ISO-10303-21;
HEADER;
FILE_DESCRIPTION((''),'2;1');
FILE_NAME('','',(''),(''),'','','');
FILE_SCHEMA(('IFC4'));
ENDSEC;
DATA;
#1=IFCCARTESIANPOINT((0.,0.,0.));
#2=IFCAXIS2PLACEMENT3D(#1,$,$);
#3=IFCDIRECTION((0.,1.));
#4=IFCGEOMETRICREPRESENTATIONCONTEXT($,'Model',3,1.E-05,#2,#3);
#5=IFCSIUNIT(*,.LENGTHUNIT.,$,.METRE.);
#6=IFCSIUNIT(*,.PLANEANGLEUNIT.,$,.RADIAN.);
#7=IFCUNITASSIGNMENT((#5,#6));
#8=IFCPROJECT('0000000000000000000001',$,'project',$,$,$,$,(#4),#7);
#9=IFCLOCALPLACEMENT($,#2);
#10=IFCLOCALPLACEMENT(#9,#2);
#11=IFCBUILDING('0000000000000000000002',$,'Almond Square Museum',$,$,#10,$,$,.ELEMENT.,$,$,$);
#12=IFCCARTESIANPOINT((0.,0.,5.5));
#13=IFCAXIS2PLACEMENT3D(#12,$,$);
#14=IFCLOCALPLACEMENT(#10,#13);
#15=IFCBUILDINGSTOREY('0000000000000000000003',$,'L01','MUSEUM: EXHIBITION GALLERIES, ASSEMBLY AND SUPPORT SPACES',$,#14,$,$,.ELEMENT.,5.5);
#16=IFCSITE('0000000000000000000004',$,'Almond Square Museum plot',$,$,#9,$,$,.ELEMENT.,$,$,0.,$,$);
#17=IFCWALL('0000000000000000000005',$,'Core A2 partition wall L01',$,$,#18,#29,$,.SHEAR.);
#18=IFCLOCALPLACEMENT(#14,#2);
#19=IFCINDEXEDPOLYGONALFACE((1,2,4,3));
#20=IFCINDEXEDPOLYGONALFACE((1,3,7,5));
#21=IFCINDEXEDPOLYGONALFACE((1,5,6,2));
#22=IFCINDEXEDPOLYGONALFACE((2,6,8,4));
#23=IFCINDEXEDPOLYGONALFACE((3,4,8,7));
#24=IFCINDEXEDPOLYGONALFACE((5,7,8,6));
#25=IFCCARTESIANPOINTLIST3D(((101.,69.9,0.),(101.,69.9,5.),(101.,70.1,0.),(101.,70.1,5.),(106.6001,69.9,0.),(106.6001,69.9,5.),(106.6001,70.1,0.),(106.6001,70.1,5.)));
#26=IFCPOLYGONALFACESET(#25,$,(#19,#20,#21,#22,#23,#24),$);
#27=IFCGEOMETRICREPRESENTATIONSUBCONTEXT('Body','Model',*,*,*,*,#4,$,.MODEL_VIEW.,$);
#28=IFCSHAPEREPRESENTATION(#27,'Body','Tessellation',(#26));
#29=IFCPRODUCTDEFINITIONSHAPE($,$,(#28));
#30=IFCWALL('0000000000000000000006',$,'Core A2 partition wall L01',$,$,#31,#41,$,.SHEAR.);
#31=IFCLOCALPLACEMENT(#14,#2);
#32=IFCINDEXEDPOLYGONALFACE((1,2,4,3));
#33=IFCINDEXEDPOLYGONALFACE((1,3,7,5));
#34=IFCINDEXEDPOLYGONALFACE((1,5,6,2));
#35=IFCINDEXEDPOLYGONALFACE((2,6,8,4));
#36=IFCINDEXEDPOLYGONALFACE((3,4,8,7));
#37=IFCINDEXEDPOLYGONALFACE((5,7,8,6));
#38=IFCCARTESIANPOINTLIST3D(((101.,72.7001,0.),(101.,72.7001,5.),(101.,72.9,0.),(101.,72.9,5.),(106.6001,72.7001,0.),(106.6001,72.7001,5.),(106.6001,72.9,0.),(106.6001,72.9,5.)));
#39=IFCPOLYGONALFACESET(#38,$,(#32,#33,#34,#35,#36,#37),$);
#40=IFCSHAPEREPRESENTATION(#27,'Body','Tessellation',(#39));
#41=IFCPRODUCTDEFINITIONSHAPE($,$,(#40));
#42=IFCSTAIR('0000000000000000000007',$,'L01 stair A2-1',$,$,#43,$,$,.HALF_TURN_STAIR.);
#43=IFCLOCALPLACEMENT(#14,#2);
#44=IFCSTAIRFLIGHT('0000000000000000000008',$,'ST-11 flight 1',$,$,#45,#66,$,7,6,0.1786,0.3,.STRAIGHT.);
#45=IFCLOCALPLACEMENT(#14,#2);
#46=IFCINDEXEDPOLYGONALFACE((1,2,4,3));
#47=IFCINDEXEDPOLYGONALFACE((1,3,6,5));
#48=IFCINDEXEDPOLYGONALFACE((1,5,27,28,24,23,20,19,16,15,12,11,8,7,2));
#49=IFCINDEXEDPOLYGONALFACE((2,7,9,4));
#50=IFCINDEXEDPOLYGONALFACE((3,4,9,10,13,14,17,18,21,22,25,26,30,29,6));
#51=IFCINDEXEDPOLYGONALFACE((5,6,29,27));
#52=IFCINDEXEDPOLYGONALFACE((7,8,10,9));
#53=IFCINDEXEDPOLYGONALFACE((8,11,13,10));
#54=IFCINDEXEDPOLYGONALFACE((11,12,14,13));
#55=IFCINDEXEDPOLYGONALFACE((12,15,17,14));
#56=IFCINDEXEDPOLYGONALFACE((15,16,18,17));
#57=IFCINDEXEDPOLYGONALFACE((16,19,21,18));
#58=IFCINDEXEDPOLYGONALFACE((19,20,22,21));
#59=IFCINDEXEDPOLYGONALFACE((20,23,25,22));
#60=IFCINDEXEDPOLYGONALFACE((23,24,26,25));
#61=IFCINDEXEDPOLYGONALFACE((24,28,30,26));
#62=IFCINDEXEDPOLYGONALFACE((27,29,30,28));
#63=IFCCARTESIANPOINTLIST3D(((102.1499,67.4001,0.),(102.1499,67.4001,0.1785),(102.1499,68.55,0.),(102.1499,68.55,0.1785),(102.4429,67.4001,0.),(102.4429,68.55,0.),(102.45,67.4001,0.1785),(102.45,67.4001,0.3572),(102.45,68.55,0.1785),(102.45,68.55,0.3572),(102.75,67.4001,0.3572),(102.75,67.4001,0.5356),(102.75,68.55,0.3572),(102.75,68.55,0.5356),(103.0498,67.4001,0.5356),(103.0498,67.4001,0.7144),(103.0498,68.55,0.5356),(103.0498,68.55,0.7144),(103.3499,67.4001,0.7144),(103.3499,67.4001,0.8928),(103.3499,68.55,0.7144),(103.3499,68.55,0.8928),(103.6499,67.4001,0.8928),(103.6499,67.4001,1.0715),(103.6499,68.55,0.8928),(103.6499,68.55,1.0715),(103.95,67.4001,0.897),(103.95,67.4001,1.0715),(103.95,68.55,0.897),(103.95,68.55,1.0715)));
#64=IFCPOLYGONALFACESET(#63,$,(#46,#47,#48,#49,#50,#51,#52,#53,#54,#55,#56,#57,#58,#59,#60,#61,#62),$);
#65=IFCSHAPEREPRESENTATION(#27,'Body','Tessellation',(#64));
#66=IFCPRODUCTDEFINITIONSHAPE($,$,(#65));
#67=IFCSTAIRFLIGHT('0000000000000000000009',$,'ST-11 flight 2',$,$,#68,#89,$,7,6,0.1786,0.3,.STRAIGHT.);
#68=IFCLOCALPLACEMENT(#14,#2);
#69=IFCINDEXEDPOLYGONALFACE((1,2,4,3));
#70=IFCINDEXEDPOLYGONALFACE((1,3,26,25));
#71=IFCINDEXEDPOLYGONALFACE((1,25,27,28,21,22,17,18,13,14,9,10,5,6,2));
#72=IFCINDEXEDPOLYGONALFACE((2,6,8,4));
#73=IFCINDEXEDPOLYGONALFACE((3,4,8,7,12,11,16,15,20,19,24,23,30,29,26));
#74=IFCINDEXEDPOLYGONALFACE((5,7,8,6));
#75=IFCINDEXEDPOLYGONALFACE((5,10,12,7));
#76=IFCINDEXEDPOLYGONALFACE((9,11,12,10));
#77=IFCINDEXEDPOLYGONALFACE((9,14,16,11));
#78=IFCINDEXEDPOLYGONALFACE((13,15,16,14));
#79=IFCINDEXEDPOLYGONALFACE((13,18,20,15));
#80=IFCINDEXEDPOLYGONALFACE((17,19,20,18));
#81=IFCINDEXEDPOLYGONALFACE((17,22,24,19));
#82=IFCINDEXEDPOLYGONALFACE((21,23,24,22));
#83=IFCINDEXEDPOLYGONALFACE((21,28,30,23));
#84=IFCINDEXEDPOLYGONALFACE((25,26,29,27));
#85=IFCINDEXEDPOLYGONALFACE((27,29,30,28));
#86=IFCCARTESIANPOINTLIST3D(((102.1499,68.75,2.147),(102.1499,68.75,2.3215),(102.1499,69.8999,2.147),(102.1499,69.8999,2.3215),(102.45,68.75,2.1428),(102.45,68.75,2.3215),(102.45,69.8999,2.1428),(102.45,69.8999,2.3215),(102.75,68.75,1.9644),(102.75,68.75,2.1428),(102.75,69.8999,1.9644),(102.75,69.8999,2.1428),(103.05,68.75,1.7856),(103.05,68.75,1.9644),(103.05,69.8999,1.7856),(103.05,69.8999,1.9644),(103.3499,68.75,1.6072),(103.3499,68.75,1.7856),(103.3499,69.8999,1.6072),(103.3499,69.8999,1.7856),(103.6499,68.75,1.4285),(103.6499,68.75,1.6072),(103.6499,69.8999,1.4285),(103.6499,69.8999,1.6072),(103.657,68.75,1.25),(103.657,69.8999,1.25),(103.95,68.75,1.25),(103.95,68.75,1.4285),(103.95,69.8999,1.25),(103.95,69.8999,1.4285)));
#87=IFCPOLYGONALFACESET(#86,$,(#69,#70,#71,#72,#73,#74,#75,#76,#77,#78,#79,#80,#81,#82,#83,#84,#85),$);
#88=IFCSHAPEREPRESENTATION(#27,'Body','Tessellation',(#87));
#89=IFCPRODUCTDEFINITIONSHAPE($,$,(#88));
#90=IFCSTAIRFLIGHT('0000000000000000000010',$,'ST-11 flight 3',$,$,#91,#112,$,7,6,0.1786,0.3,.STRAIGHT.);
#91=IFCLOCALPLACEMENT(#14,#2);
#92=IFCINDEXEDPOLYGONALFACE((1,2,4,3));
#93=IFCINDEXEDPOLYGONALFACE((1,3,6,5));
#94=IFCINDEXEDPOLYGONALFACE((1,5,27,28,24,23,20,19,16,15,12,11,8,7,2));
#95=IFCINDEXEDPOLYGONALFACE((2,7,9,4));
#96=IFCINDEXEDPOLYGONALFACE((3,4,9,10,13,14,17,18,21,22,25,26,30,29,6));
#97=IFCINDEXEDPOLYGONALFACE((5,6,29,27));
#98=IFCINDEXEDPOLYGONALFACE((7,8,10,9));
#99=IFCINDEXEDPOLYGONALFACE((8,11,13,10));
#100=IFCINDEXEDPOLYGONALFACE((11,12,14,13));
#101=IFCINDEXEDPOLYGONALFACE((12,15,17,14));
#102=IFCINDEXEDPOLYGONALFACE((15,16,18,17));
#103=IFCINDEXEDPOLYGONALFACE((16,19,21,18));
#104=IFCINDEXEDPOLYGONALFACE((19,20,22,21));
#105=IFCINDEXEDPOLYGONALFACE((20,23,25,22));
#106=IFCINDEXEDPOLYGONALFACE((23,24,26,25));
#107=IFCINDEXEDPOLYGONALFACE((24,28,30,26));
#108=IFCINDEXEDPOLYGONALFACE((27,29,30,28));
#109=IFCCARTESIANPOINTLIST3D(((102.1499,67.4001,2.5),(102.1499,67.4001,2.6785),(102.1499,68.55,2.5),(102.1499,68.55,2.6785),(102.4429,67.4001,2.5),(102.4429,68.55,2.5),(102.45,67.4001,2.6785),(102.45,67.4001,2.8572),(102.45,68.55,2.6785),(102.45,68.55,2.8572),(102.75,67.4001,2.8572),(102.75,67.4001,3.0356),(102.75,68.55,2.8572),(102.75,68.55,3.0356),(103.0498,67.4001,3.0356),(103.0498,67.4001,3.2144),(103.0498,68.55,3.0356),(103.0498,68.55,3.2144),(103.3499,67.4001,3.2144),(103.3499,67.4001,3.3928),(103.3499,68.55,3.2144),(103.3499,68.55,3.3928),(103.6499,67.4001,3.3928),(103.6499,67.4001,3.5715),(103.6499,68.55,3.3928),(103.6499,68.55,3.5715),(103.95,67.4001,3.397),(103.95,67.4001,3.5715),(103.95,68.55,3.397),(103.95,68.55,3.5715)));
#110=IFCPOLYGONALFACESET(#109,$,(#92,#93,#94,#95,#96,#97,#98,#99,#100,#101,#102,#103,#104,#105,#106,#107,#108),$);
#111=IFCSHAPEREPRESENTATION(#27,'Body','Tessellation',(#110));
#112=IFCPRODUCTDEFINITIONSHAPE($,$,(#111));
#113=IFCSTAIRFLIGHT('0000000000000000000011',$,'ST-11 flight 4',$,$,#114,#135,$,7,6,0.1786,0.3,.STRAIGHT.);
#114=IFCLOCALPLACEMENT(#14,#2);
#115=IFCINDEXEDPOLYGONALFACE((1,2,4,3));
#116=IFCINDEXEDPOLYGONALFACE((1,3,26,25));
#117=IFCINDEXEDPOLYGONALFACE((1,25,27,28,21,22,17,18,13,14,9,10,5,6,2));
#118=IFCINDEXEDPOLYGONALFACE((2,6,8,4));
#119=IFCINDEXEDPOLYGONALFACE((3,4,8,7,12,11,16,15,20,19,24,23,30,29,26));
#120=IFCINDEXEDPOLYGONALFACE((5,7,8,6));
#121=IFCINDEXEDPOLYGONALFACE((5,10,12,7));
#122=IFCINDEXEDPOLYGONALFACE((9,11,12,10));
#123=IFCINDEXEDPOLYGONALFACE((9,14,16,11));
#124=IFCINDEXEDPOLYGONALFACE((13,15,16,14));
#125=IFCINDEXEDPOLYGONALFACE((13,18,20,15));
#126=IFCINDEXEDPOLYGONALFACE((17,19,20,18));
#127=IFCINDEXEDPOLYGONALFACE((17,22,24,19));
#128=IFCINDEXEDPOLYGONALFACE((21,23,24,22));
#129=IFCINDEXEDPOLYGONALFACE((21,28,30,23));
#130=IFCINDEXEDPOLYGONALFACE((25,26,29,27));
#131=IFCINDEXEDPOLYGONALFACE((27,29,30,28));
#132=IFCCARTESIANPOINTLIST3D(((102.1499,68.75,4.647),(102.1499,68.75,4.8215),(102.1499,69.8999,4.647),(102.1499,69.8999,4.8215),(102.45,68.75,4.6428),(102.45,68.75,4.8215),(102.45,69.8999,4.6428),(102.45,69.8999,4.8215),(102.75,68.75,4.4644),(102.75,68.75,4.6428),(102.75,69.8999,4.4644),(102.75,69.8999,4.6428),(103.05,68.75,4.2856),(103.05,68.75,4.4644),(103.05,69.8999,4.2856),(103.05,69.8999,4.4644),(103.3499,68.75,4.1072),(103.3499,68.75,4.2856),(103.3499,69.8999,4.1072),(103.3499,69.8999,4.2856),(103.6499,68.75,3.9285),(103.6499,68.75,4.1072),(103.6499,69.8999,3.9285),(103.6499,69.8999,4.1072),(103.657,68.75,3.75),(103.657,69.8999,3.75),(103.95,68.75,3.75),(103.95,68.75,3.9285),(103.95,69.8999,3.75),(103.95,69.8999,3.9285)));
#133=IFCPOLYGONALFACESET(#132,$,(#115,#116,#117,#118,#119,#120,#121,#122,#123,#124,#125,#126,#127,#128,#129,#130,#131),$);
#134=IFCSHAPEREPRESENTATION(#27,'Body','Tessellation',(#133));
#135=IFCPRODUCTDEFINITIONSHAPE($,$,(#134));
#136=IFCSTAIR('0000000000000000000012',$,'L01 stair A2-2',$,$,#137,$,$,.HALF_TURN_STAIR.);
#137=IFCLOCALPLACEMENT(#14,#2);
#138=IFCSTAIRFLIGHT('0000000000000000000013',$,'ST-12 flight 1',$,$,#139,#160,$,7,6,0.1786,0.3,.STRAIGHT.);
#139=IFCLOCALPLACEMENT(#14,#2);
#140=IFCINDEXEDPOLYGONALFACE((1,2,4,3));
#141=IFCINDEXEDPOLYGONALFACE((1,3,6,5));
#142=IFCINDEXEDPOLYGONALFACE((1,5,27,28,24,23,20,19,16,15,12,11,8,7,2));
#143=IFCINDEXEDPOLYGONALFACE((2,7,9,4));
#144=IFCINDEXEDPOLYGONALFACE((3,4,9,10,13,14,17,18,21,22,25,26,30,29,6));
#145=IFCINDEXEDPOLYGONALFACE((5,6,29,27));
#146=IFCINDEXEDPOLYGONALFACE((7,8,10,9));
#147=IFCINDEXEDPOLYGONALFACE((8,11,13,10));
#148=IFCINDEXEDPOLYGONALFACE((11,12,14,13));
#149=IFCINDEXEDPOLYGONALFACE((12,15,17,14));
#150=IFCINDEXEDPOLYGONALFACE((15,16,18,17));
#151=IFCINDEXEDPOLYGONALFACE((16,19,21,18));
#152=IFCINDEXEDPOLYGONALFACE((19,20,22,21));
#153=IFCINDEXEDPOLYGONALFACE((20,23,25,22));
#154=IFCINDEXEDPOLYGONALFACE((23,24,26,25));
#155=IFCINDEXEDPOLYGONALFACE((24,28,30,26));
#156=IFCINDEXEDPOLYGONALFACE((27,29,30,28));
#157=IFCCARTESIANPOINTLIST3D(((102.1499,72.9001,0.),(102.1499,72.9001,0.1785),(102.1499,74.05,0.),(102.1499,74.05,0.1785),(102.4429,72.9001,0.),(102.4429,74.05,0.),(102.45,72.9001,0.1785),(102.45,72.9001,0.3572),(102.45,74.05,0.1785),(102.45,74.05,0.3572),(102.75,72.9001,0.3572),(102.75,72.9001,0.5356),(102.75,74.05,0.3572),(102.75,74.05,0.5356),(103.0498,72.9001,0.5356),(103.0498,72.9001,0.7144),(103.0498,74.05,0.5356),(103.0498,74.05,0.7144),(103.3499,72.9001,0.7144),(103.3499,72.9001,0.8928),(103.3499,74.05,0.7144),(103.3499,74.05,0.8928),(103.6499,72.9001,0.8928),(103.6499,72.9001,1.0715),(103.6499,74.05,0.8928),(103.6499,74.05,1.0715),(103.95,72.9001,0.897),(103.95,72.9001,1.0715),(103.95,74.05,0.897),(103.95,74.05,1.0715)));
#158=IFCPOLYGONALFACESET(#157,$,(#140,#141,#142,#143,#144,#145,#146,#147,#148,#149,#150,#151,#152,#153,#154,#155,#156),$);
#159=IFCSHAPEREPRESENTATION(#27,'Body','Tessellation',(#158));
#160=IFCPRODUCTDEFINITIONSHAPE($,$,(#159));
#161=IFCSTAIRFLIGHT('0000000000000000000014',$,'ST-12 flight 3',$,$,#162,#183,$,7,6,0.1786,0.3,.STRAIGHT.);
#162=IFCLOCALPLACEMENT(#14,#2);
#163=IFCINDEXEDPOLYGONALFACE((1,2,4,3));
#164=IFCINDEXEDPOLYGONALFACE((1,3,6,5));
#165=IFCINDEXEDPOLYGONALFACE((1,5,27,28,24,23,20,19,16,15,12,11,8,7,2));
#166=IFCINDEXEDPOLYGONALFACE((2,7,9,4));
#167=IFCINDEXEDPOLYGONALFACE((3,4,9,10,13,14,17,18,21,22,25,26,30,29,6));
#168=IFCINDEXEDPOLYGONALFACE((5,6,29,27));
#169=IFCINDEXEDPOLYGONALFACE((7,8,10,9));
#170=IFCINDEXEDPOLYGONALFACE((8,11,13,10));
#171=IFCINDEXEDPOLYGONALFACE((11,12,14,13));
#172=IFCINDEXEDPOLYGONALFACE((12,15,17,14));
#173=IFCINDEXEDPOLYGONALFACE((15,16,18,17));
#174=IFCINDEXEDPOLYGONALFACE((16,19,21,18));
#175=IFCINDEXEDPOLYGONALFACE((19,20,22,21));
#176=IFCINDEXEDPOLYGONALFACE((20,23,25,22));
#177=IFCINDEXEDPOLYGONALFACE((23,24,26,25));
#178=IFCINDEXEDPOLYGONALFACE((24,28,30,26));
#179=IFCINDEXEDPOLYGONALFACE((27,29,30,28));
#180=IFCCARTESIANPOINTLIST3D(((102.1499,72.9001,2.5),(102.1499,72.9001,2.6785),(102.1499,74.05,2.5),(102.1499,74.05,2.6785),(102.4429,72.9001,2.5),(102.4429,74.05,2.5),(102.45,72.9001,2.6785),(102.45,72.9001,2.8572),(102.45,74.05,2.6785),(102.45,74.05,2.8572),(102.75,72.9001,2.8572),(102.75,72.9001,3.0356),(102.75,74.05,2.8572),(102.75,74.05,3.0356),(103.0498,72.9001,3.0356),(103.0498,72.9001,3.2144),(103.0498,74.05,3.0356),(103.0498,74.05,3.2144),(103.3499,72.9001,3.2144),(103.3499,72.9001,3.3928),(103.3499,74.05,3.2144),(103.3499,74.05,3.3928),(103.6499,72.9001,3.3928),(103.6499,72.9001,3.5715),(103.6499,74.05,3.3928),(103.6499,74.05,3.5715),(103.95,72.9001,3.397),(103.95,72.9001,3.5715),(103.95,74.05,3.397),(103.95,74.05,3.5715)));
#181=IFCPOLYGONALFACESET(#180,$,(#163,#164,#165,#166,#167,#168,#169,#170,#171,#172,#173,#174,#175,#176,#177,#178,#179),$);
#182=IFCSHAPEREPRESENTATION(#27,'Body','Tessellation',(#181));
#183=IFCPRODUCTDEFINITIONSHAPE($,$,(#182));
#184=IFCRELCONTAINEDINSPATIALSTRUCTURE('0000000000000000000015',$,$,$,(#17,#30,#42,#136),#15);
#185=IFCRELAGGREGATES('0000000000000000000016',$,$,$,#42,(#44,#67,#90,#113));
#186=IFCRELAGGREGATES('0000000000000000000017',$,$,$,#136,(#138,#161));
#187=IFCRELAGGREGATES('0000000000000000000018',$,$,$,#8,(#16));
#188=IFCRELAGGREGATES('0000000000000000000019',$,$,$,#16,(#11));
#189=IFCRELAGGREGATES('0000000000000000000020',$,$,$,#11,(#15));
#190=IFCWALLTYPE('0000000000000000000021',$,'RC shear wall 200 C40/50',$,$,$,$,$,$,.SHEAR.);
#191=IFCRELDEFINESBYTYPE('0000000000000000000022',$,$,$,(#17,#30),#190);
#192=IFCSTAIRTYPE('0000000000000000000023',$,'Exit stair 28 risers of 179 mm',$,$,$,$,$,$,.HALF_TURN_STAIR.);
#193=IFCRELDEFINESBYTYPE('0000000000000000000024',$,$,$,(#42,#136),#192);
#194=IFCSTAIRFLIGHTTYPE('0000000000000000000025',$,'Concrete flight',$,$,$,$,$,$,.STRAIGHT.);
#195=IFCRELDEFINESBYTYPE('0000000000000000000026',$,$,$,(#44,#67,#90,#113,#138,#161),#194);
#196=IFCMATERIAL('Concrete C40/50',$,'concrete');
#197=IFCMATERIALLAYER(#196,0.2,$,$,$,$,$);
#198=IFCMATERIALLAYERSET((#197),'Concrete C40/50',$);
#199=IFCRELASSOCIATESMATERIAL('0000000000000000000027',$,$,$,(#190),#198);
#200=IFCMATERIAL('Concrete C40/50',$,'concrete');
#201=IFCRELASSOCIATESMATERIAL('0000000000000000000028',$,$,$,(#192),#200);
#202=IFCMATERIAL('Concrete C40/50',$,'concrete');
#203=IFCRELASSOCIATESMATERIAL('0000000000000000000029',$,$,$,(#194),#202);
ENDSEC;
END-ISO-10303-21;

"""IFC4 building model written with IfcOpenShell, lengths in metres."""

from ifc_helpers import new_model, si_unit, direction, frame, frame_2d, origin, place, context, subcontext, project, spatial, polyline, rectangle, outline, extrude, material, layer, layer_set, type_object, element, aggregate, save


model = new_model("IFC4")

# Units and contexts
model_context = context("Model", 3, precision=1e-05, world=origin(), true_north=direction((0.0, 1.0)))
body_context = subcontext(model_context, "Body", "Model", "MODEL_VIEW")
ifc_project = project(units=[si_unit("LENGTHUNIT", "METRE"), si_unit("PLANEANGLEUNIT", "RADIAN")], contexts=[model_context])

# Site, building, storey
site_placement = place(None, origin())
site = spatial("IfcSite", under=ifc_project, at=site_placement, Name="Almond Square Museum plot", CompositionType="ELEMENT", RefElevation=0.0)
building_placement = place(site_placement, origin())
building = spatial("IfcBuilding", under=site, at=building_placement, Name="Almond Square Museum", CompositionType="ELEMENT")
storey_placement = place(building_placement, frame((0.0, 0.0, 5.5)))
storey = spatial("IfcBuildingStorey", under=building, at=storey_placement, Name="L01", Description="MUSEUM: EXHIBITION GALLERIES, ASSEMBLY AND SUPPORT SPACES", CompositionType="ELEMENT", Elevation=5.5)

# Walls
ifc_material_1 = material(Name="Concrete C40/50", Category="concrete")
ifc_layer = layer(ifc_material_1, 0.2)
ifc_layer_set = layer_set([ifc_layer], Name="Concrete C40/50")
wall_type = type_object("IfcWallType", Name="RC shear wall 200 C40/50", PredefinedType="SHEAR", material=ifc_layer_set)
for number, where, z_axis, x_axis, name in (
    (1, (101.0, 70.0, 0.0), (0.0, 0.0, 1.0), (1.0, 0.0, 0.0), "Core A2 partition wall L01"),
    (2, (101.0, 72.8, 0.0), (0.0, 0.0, 1.0), (1.0, 0.0, 0.0), "Core A2 partition wall L01"),
):
    element("IfcWall", number, at=place(storey_placement, frame(where, z_axis=z_axis, x_axis=x_axis)), inside=storey, type_object=wall_type, Name=name, PredefinedType="SHEAR", context=body_context, shape_type="SweptSolid", body=[
        extrude(rectangle(XDim=5.6001, YDim=0.2, at=frame_2d((2.8, 0.0))), origin(), (0.0, 0.0, 1.0), 5.0),
    ])

# Stairs, stair flights
ifc_material_2 = material(Name="Concrete C40/50", Category="concrete")
stair_type = type_object("IfcStairType", Name="Exit stair 28 risers of 179 mm", PredefinedType="HALF_TURN_STAIR", material=ifc_material_2)
stair_1_placement = place(storey_placement, origin())
stair_1 = element("IfcStair", 3, at=stair_1_placement, inside=storey, type_object=stair_type, Name="L01 stair A2-1", PredefinedType="HALF_TURN_STAIR")
ifc_material_3 = material(Name="Concrete C40/50", Category="concrete")
stair_flight_type = type_object("IfcStairFlightType", Name="Concrete flight", PredefinedType="STRAIGHT", material=ifc_material_3)
stair_flight_1_placement = place(storey_placement, frame((102.1499, 67.9751, 0.0), z_axis=(0.0, 0.0, 1.0), x_axis=(1.0, 0.0, 0.0)))
stair_flight_1 = element("IfcStairFlight", 4, at=stair_flight_1_placement, type_object=stair_flight_type, Name="ST-11 flight 1", NumberOfRisers=7, NumberOfTreads=6, PredefinedType="STRAIGHT", RiserHeight=0.1786, TreadLength=0.3, context=body_context, shape_type="SweptSolid", body=[
    extrude(outline(polyline([(0.0, 0.0), (0.0, 0.1785), (0.3, 0.1785), (0.3, 0.3572), (0.6001, 0.3572), (0.6001, 0.5356), (0.8999, 0.5356), (0.8999, 0.7144), (1.2, 0.7144), (1.2, 0.8928), (1.5, 0.8928), (1.5, 1.0715), (1.8, 1.0715), (1.8, 1.25), (1.8, 0.897), (0.293, 0.0), (0.0, 0.0)])), frame((0.0, 0.575, 0.0), z_axis=(0.0, -1.0, 0.0), x_axis=(1.0, 0.0, 0.0)), (0.0, 0.0, 1.0), 1.1499),
])
stair_flight_2_placement = place(storey_placement, frame((103.95, 69.325, 1.25), z_axis=(0.0, 0.0, 1.0), x_axis=(-1.0, 0.0, 0.0)))
stair_flight_2 = element("IfcStairFlight", 5, at=stair_flight_2_placement, type_object=stair_flight_type, Name="ST-11 flight 2", NumberOfRisers=7, NumberOfTreads=6, PredefinedType="STRAIGHT", RiserHeight=0.1786, TreadLength=0.3, context=body_context, shape_type="SweptSolid", body=[
    extrude(outline(polyline([(0.0, 0.0), (0.0, 0.1785), (0.3, 0.1785), (0.3, 0.3572), (0.6001, 0.3572), (0.6001, 0.5356), (0.8999, 0.5356), (0.8999, 0.7144), (1.2, 0.7144), (1.2, 0.8928), (1.5, 0.8928), (1.5, 1.0715), (1.8, 1.0715), (1.8, 1.25), (1.8, 0.897), (0.293, 0.0), (0.0, 0.0)])), frame((0.0, 0.575, 0.0), z_axis=(0.0, -1.0, 0.0), x_axis=(1.0, 0.0, 0.0)), (0.0, 0.0, 1.0), 1.1499),
])
stair_flight_3_placement = place(storey_placement, frame((102.1499, 67.9751, 2.5), z_axis=(0.0, 0.0, 1.0), x_axis=(1.0, 0.0, 0.0)))
stair_flight_3 = element("IfcStairFlight", 6, at=stair_flight_3_placement, type_object=stair_flight_type, Name="ST-11 flight 3", NumberOfRisers=7, NumberOfTreads=6, PredefinedType="STRAIGHT", RiserHeight=0.1786, TreadLength=0.3, context=body_context, shape_type="SweptSolid", body=[
    extrude(outline(polyline([(0.0, 0.0), (0.0, 0.1785), (0.3, 0.1785), (0.3, 0.3572), (0.6001, 0.3572), (0.6001, 0.5356), (0.8999, 0.5356), (0.8999, 0.7144), (1.2, 0.7144), (1.2, 0.8928), (1.5, 0.8928), (1.5, 1.0715), (1.8, 1.0715), (1.8, 1.25), (1.8, 0.897), (0.293, 0.0), (0.0, 0.0)])), frame((0.0, 0.575, 0.0), z_axis=(0.0, -1.0, 0.0), x_axis=(1.0, 0.0, 0.0)), (0.0, 0.0, 1.0), 1.1499),
])
stair_flight_4_placement = place(storey_placement, frame((103.95, 69.325, 3.75), z_axis=(0.0, 0.0, 1.0), x_axis=(-1.0, 0.0, 0.0)))
stair_flight_4 = element("IfcStairFlight", 7, at=stair_flight_4_placement, type_object=stair_flight_type, Name="ST-11 flight 4", NumberOfRisers=7, NumberOfTreads=6, PredefinedType="STRAIGHT", RiserHeight=0.1786, TreadLength=0.3, context=body_context, shape_type="SweptSolid", body=[
    extrude(outline(polyline([(0.0, 0.0), (0.0, 0.1785), (0.3, 0.1785), (0.3, 0.3572), (0.6001, 0.3572), (0.6001, 0.5356), (0.8999, 0.5356), (0.8999, 0.7144), (1.2, 0.7144), (1.2, 0.8928), (1.5, 0.8928), (1.5, 1.0715), (1.8, 1.0715), (1.8, 1.25), (1.8, 0.897), (0.293, 0.0), (0.0, 0.0)])), frame((0.0, 0.575, 0.0), z_axis=(0.0, -1.0, 0.0), x_axis=(1.0, 0.0, 0.0)), (0.0, 0.0, 1.0), 1.1499),
])
aggregate(stair_1, [stair_flight_1, stair_flight_2, stair_flight_3, stair_flight_4])
stair_2_placement = place(storey_placement, origin())
stair_2 = element("IfcStair", 8, at=stair_2_placement, inside=storey, type_object=stair_type, Name="L01 stair A2-2", PredefinedType="HALF_TURN_STAIR")
stair_flight_5_placement = place(storey_placement, frame((102.1499, 73.4751, 0.0), z_axis=(0.0, 0.0, 1.0), x_axis=(1.0, 0.0, 0.0)))
stair_flight_5 = element("IfcStairFlight", 9, at=stair_flight_5_placement, type_object=stair_flight_type, Name="ST-12 flight 1", NumberOfRisers=7, NumberOfTreads=6, PredefinedType="STRAIGHT", RiserHeight=0.1786, TreadLength=0.3, context=body_context, shape_type="SweptSolid", body=[
    extrude(outline(polyline([(0.0, 0.0), (0.0, 0.1785), (0.3, 0.1785), (0.3, 0.3572), (0.6001, 0.3572), (0.6001, 0.5356), (0.8999, 0.5356), (0.8999, 0.7144), (1.2, 0.7144), (1.2, 0.8928), (1.5, 0.8928), (1.5, 1.0715), (1.8, 1.0715), (1.8, 1.25), (1.8, 0.897), (0.293, 0.0), (0.0, 0.0)])), frame((0.0, 0.575, 0.0), z_axis=(0.0, -1.0, 0.0), x_axis=(1.0, 0.0, 0.0)), (0.0, 0.0, 1.0), 1.1499),
])
stair_flight_6_placement = place(storey_placement, frame((102.1499, 73.4751, 2.5), z_axis=(0.0, 0.0, 1.0), x_axis=(1.0, 0.0, 0.0)))
stair_flight_6 = element("IfcStairFlight", 10, at=stair_flight_6_placement, type_object=stair_flight_type, Name="ST-12 flight 3", NumberOfRisers=7, NumberOfTreads=6, PredefinedType="STRAIGHT", RiserHeight=0.1786, TreadLength=0.3, context=body_context, shape_type="SweptSolid", body=[
    extrude(outline(polyline([(0.0, 0.0), (0.0, 0.1785), (0.3, 0.1785), (0.3, 0.3572), (0.6001, 0.3572), (0.6001, 0.5356), (0.8999, 0.5356), (0.8999, 0.7144), (1.2, 0.7144), (1.2, 0.8928), (1.5, 0.8928), (1.5, 1.0715), (1.8, 1.0715), (1.8, 1.25), (1.8, 0.897), (0.293, 0.0), (0.0, 0.0)])), frame((0.0, 0.575, 0.0), z_axis=(0.0, -1.0, 0.0), x_axis=(1.0, 0.0, 0.0)), (0.0, 0.0, 1.0), 1.1499),
])
aggregate(stair_2, [stair_flight_5, stair_flight_6])

save(model, "model.ifc")
